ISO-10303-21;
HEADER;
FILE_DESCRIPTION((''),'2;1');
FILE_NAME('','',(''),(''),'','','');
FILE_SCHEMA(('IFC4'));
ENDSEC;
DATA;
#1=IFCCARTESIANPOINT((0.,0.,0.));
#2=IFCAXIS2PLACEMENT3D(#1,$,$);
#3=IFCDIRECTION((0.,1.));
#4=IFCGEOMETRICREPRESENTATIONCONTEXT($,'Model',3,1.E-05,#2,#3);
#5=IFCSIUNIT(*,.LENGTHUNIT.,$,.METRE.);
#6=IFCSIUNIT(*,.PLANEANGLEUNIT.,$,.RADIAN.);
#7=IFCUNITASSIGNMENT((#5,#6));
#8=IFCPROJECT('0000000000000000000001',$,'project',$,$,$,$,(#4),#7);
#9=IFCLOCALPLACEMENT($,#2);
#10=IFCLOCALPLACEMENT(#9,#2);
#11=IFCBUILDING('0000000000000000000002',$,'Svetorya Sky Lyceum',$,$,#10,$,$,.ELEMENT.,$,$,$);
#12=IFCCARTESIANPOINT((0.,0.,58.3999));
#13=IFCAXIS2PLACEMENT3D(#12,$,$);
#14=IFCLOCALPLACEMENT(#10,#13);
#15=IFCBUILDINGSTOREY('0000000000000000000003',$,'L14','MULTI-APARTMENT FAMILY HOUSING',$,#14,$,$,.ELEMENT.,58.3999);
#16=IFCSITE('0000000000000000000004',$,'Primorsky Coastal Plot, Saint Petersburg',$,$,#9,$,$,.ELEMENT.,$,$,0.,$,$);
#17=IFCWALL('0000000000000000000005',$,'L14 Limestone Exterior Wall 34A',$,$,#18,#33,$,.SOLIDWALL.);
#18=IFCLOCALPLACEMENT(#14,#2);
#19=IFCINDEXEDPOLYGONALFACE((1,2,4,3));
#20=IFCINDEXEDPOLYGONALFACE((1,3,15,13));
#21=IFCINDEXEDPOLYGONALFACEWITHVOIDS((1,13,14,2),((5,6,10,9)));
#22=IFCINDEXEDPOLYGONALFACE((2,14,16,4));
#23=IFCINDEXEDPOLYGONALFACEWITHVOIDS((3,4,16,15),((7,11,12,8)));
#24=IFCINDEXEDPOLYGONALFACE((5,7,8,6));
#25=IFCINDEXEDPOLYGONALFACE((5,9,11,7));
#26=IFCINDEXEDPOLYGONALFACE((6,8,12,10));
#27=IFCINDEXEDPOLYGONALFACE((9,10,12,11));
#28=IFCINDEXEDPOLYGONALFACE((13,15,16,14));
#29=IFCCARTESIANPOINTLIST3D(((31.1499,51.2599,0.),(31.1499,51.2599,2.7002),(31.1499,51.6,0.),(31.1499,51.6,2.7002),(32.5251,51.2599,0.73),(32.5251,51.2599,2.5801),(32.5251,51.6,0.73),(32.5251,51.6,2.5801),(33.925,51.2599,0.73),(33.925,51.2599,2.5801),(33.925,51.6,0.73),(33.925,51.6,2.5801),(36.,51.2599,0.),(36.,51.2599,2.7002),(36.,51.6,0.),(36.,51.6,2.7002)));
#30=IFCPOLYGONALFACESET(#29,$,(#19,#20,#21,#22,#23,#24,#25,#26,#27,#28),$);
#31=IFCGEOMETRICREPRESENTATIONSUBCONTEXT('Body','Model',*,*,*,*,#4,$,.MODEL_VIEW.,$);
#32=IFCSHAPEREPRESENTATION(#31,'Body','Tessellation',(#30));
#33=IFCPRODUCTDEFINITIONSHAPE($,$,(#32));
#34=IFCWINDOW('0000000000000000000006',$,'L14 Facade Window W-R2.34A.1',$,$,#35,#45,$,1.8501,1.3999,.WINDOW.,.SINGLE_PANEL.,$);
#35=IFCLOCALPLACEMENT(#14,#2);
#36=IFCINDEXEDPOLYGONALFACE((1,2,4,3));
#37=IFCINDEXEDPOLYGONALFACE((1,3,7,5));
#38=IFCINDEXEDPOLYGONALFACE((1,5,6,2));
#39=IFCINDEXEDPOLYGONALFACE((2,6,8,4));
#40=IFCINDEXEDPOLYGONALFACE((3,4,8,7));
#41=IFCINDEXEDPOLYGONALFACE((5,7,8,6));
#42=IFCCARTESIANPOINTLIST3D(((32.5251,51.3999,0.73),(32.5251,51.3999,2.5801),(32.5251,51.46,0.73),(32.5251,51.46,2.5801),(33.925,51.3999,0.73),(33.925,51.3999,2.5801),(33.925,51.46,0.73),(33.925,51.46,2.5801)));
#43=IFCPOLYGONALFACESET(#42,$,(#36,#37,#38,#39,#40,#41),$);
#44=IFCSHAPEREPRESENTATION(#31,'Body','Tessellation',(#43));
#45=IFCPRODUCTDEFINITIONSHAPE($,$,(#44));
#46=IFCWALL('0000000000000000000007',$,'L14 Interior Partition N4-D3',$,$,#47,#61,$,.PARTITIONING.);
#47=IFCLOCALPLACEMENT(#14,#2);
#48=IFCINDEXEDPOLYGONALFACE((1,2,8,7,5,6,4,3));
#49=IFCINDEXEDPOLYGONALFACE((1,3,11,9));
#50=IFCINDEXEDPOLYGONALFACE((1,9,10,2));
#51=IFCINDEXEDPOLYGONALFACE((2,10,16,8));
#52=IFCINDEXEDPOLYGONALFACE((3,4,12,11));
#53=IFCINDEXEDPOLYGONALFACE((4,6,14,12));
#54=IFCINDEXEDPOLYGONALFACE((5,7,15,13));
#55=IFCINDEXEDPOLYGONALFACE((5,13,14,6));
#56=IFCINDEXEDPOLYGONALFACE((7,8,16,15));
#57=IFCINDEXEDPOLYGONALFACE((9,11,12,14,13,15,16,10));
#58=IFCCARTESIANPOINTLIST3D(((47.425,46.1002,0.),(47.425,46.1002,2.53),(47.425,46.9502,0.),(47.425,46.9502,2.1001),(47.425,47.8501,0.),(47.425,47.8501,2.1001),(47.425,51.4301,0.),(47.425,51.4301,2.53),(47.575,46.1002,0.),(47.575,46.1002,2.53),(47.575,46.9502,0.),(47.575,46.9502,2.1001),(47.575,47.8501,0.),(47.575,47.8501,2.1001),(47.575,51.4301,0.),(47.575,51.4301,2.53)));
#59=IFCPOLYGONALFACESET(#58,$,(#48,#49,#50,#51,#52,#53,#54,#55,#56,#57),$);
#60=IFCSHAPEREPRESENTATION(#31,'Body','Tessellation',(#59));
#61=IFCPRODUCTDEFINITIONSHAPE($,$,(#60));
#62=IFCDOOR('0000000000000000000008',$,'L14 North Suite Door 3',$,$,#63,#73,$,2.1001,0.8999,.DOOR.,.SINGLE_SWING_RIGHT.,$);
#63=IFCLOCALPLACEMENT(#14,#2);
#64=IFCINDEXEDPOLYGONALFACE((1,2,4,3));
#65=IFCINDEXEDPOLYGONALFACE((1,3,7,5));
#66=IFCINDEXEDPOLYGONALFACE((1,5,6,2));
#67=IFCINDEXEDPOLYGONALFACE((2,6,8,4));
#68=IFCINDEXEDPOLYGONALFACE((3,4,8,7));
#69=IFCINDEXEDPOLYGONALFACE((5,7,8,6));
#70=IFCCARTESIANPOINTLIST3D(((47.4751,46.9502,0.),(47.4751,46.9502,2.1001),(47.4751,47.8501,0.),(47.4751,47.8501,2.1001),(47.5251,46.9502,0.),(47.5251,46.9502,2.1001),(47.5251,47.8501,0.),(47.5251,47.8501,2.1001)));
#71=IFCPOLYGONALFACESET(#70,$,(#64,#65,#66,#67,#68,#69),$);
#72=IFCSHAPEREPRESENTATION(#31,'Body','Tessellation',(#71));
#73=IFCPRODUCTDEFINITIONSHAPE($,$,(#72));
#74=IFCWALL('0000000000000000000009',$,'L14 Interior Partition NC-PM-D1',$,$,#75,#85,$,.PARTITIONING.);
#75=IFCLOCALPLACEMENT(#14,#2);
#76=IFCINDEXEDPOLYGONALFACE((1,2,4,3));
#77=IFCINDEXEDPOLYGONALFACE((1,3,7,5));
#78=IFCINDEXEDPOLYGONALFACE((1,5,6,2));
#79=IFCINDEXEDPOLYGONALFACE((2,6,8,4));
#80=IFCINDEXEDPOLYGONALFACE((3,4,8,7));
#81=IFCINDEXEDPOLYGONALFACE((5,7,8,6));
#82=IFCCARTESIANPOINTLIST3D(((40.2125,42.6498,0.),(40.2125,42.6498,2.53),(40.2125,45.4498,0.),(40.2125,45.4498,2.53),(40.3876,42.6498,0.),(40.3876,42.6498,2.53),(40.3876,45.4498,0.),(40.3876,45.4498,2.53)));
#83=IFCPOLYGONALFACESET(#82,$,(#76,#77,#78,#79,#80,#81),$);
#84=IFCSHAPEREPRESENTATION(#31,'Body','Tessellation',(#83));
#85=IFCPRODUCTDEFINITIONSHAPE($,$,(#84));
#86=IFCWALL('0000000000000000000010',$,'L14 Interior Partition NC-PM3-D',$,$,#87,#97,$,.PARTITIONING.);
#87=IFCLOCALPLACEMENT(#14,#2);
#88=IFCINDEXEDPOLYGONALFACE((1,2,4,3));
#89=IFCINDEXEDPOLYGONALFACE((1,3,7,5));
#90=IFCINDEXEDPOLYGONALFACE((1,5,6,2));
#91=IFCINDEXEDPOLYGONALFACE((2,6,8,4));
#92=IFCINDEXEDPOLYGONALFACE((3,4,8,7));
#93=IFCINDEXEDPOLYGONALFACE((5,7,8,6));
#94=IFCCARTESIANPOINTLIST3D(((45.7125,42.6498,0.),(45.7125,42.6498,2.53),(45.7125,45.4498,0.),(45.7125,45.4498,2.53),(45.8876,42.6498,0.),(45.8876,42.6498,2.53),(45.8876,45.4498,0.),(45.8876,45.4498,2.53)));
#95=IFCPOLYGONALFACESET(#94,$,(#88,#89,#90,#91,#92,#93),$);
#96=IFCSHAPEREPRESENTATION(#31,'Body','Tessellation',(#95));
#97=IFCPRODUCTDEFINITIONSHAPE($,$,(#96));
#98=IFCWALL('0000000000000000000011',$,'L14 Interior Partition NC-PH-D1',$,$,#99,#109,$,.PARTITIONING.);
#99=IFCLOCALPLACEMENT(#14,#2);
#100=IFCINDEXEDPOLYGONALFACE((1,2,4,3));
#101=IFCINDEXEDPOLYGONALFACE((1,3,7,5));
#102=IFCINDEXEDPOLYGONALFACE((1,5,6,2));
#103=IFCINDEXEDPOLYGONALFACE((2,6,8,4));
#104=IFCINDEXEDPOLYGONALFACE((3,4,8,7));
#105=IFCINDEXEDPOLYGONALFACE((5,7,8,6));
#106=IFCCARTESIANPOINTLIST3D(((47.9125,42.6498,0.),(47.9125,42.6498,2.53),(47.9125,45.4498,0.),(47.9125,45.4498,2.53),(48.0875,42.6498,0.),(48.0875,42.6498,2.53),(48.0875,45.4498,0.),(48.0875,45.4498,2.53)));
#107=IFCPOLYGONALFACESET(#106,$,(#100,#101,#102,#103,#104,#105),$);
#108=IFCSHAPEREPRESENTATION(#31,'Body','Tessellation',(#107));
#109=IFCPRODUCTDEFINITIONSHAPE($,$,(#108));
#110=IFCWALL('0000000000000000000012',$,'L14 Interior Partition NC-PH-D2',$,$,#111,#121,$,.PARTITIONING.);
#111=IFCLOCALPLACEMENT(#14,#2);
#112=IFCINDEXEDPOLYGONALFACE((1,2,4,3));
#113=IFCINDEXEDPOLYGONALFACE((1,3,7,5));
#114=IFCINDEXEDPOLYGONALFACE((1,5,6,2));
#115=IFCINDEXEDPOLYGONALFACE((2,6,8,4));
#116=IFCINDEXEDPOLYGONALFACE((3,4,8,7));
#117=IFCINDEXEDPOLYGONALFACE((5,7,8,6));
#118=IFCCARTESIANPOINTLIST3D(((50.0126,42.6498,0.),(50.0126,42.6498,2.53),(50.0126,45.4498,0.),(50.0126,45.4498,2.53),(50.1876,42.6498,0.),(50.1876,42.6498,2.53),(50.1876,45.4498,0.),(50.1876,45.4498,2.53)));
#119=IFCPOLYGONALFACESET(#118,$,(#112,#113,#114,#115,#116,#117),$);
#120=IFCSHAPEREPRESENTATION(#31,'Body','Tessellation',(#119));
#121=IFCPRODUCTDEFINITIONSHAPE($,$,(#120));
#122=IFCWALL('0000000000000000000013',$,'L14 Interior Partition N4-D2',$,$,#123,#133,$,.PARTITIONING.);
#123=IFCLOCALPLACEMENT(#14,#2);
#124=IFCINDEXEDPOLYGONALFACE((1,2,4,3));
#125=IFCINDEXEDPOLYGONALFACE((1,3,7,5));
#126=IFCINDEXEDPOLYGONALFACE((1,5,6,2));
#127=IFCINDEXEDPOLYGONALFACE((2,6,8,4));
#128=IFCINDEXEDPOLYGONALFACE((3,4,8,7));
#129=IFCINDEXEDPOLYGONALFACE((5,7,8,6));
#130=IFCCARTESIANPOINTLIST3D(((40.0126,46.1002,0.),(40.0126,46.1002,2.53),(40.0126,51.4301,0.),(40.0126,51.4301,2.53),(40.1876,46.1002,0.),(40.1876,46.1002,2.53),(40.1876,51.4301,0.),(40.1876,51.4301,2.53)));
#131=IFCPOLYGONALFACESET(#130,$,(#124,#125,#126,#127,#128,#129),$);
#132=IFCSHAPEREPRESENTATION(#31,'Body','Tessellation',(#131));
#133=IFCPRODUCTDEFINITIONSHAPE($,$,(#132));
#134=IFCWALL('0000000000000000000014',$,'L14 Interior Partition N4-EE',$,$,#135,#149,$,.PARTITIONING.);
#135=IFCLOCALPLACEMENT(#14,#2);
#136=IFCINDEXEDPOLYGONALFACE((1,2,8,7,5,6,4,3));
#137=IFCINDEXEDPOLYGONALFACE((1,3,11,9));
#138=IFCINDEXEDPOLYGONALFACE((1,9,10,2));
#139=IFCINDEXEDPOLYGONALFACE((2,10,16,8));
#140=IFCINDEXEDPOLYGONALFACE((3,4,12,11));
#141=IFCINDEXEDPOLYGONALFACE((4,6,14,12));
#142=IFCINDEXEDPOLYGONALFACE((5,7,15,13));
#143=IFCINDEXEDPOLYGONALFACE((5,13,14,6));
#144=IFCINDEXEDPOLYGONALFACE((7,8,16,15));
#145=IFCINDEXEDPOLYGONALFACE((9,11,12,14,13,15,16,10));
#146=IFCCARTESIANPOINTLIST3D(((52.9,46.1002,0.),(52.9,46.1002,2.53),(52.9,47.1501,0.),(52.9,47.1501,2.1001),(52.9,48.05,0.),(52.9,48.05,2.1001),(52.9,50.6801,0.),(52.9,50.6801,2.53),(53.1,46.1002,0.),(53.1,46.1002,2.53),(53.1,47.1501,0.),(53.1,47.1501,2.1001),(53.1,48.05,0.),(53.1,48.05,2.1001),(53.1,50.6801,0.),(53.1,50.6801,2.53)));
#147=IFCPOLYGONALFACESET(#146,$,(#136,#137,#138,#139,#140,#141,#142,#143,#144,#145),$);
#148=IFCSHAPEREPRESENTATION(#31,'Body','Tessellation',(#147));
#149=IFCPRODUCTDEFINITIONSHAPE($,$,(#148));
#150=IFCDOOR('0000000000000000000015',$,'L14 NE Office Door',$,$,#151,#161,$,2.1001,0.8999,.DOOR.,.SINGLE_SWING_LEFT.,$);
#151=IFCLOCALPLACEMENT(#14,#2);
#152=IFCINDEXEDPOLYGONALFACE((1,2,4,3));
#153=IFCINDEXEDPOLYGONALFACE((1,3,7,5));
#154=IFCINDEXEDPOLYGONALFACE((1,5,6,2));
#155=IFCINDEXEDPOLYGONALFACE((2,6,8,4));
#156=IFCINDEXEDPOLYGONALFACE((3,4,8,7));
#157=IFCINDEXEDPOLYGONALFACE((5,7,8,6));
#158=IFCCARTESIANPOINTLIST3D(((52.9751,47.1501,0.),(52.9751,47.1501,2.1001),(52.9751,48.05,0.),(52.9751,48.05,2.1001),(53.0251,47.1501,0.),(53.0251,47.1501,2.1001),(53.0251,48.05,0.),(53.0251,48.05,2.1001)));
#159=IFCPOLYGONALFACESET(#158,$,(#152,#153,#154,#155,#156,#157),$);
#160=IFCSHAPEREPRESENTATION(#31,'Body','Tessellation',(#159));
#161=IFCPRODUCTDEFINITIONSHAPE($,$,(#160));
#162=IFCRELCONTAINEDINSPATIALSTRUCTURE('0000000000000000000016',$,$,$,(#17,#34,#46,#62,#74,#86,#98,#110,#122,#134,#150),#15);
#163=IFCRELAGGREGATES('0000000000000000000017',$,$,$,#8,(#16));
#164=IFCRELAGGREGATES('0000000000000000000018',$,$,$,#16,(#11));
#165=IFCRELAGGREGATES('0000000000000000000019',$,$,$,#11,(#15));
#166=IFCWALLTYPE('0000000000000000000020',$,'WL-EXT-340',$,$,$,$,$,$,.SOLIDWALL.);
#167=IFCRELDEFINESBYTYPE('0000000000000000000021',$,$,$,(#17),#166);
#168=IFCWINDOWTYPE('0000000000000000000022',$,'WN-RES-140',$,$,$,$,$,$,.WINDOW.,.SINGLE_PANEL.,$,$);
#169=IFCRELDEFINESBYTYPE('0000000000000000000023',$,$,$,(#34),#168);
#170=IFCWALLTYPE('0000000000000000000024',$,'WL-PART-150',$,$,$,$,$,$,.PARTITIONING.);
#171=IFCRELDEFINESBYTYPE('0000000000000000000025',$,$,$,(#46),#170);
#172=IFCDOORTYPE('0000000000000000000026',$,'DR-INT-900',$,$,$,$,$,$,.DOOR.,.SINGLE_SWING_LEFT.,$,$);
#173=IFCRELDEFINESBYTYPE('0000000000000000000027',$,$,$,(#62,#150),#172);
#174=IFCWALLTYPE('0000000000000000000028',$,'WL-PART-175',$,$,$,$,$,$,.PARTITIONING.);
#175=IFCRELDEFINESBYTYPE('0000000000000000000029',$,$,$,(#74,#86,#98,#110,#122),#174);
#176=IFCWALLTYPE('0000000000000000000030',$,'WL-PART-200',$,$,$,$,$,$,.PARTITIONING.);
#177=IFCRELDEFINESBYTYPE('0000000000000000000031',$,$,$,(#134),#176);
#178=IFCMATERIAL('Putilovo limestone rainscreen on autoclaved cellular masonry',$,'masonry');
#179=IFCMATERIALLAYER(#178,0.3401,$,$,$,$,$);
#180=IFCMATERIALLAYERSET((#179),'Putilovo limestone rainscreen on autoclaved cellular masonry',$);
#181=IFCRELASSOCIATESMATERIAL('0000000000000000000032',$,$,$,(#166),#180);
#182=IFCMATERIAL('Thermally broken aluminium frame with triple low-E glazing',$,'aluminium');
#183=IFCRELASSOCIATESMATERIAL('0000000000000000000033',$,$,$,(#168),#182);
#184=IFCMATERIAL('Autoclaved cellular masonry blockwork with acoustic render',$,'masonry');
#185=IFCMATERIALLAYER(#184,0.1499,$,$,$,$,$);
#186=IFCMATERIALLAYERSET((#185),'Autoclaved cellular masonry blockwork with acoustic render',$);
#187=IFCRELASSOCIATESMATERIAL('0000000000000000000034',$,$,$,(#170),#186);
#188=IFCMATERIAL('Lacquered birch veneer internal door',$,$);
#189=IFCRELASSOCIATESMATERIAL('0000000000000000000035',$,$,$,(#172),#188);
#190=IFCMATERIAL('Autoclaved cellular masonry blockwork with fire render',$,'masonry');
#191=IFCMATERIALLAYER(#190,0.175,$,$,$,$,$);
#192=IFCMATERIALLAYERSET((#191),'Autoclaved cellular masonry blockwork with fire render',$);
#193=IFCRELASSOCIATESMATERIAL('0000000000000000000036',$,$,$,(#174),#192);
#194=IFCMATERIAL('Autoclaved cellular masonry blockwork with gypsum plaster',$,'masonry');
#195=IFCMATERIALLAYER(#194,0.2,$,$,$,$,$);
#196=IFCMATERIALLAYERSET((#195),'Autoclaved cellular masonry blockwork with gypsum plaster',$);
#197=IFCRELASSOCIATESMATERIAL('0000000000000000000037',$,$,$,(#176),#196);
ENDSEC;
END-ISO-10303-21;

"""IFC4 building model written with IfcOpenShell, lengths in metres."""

from ifc_helpers import new_model, si_unit, direction, frame, frame_2d, origin, place, context, subcontext, project, spatial, rectangle, extrude, material, layer, layer_set, type_object, element, fill, save


model = new_model("IFC4")

# Units and contexts
model_context = context("Model", 3, precision=1e-05, world=origin(), true_north=direction((0.0, 1.0)))
body_context = subcontext(model_context, "Body", "Model", "MODEL_VIEW")
ifc_project = project(units=[si_unit("LENGTHUNIT", "METRE"), si_unit("PLANEANGLEUNIT", "RADIAN")], contexts=[model_context])

# Site, building, storey
site_placement = place(None, origin())
site = spatial("IfcSite", under=ifc_project, at=site_placement, Name="Primorsky Coastal Plot, Saint Petersburg", CompositionType="ELEMENT", RefElevation=0.0)
building_placement = place(site_placement, origin())
building = spatial("IfcBuilding", under=site, at=building_placement, Name="Svetorya Sky Lyceum", CompositionType="ELEMENT")
storey_placement = place(building_placement, frame((0.0, 0.0, 58.3999)))
storey = spatial("IfcBuildingStorey", under=building, at=storey_placement, Name="L14", Description="MULTI-APARTMENT FAMILY HOUSING", CompositionType="ELEMENT", Elevation=58.3999)

# Shared definitions
ifc_material_1 = material(Name="Putilovo limestone rainscreen on autoclaved cellular masonry", Category="masonry")
ifc_layer_1 = layer(ifc_material_1, 0.3401)
ifc_layer_set_1 = layer_set([ifc_layer_1], Name="Putilovo limestone rainscreen on autoclaved cellular masonry")
wall_type_1 = type_object("IfcWallType", Name="WL-EXT-340", PredefinedType="SOLIDWALL", material=ifc_layer_set_1)

# Wall, opening, window
wall_1_placement = place(storey_placement, frame((36.0, 51.4299, 0.0), z_axis=(0.0, 0.0, 1.0), x_axis=(-1.0, 0.0, 0.0)))
wall_1 = element("IfcWall", 1, at=wall_1_placement, inside=storey, type_object=wall_type_1, Name="L14 Limestone Exterior Wall 34A", PredefinedType="SOLIDWALL", context=body_context, shape_type="SweptSolid", body=[
    extrude(rectangle(XDim=4.8501, YDim=0.3401, at=frame_2d((2.425, 0.0))), origin(), (0.0, 0.0, 1.0), 2.7002),
])
opening_1_placement = place(wall_1_placement, frame((2.075, 0.0, 0.73)))
opening_1 = element("IfcOpeningElement", 2, at=opening_1_placement, cuts=wall_1, PredefinedType="OPENING", context=body_context, shape_type="SweptSolid", body=[
    extrude(rectangle(XDim=1.3999, YDim=1.8501, at=frame_2d((0.7, 0.925))), frame((0.0, 0.1799, 0.0), z_axis=(0.0, -1.0, 0.0), x_axis=(1.0, 0.0, 0.0)), (0.0, 0.0, 1.0), 0.3601),
])
ifc_material_2 = material(Name="Thermally broken aluminium frame with triple low-E glazing", Category="aluminium")
window_type = type_object("IfcWindowType", Name="WN-RES-140", PartitioningType="SINGLE_PANEL", PredefinedType="WINDOW", material=ifc_material_2)
window_placement = place(opening_1_placement, origin())
window = element("IfcWindow", 3, at=window_placement, inside=storey, type_object=window_type, Name="L14 Facade Window W-R2.34A.1", OverallHeight=1.8501, OverallWidth=1.3999, PartitioningType="SINGLE_PANEL", PredefinedType="WINDOW", context=body_context, shape_type="SweptSolid", body=[
    extrude(rectangle(XDim=1.3999, YDim=1.8501, at=frame_2d((0.7, 0.925))), frame((0.0, 0.03, 0.0), z_axis=(0.0, -1.0, 0.0), x_axis=(1.0, 0.0, 0.0)), (0.0, 0.0, 1.0), 0.0601),
])
fill(opening_1, window)

# Wall, opening, door
ifc_material_3 = material(Name="Autoclaved cellular masonry blockwork with acoustic render", Category="masonry")
ifc_layer_2 = layer(ifc_material_3, 0.1499)
ifc_layer_set_2 = layer_set([ifc_layer_2], Name="Autoclaved cellular masonry blockwork with acoustic render")
wall_type_2 = type_object("IfcWallType", Name="WL-PART-150", PredefinedType="PARTITIONING", material=ifc_layer_set_2)
wall_2_placement = place(storey_placement, frame((47.5, 46.1001, 0.0), z_axis=(0.0, 0.0, 1.0), x_axis=(0.0, 1.0, 0.0)))
wall_2 = element("IfcWall", 4, at=wall_2_placement, inside=storey, type_object=wall_type_2, Name="L14 Interior Partition N4-D3", PredefinedType="PARTITIONING", context=body_context, shape_type="SweptSolid", body=[
    extrude(rectangle(XDim=5.3298, YDim=0.1499, at=frame_2d((2.665, 0.0))), origin(), (0.0, 0.0, 1.0), 2.53),
])
opening_2_placement = place(wall_2_placement, frame((0.8501, 0.0, 0.0)))
opening_2 = element("IfcOpeningElement", 5, at=opening_2_placement, cuts=wall_2, PredefinedType="OPENING", context=body_context, shape_type="SweptSolid", body=[
    extrude(rectangle(XDim=0.8999, YDim=2.1001, at=frame_2d((0.45, 1.05))), frame((0.0, 0.085, 0.0), z_axis=(0.0, -1.0, 0.0), x_axis=(1.0, 0.0, 0.0)), (0.0, 0.0, 1.0), 0.1699),
])
ifc_material_4 = material(Name="Lacquered birch veneer internal door")
door_type = type_object("IfcDoorType", Name="DR-INT-900", OperationType="SINGLE_SWING_LEFT", PredefinedType="DOOR", material=ifc_material_4)
door_1_placement = place(opening_2_placement, origin())
door_1 = element("IfcDoor", 6, at=door_1_placement, inside=storey, type_object=door_type, Name="L14 North Suite Door 3", OperationType="SINGLE_SWING_RIGHT", OverallHeight=2.1001, OverallWidth=0.8999, PredefinedType="DOOR", context=body_context, shape_type="SweptSolid", body=[
    extrude(rectangle(XDim=0.8999, YDim=2.1001, at=frame_2d((0.45, 1.05))), frame((0.0, 0.0249, 0.0), z_axis=(0.0, -1.0, 0.0), x_axis=(1.0, 0.0, 0.0)), (0.0, 0.0, 1.0), 0.05),
])
fill(opening_2, door_1)

# Walls
ifc_material_5 = material(Name="Autoclaved cellular masonry blockwork with fire render", Category="masonry")
ifc_layer_3 = layer(ifc_material_5, 0.175)
ifc_layer_set_3 = layer_set([ifc_layer_3], Name="Autoclaved cellular masonry blockwork with fire render")
wall_type_3 = type_object("IfcWallType", Name="WL-PART-175", PredefinedType="PARTITIONING", material=ifc_layer_set_3)
for number, where, z_axis, x_axis, name in (
    (7, (40.3, 42.6499, 0.0), (0.0, 0.0, 1.0), (0.0, 1.0, 0.0), "L14 Interior Partition NC-PM-D1"),
    (8, (45.8, 42.6499, 0.0), (0.0, 0.0, 1.0), (0.0, 1.0, 0.0), "L14 Interior Partition NC-PM3-D"),
    (9, (48.0, 42.6499, 0.0), (0.0, 0.0, 1.0), (0.0, 1.0, 0.0), "L14 Interior Partition NC-PH-D1"),
    (10, (50.1001, 42.6499, 0.0), (0.0, 0.0, 1.0), (0.0, 1.0, 0.0), "L14 Interior Partition NC-PH-D2"),
):
    element("IfcWall", number, at=place(storey_placement, frame(where, z_axis=z_axis, x_axis=x_axis)), inside=storey, type_object=wall_type_3, Name=name, PredefinedType="PARTITIONING", context=body_context, shape_type="SweptSolid", body=[
        extrude(rectangle(XDim=2.8, YDim=0.175, at=frame_2d((1.3999, 0.0))), origin(), (0.0, 0.0, 1.0), 2.53),
    ])
wall_3_placement = place(storey_placement, frame((40.1001, 46.1001, 0.0), z_axis=(0.0, 0.0, 1.0), x_axis=(0.0, 1.0, 0.0)))
element("IfcWall", 11, at=wall_3_placement, inside=storey, type_object=wall_type_3, Name="L14 Interior Partition N4-D2", PredefinedType="PARTITIONING", context=body_context, shape_type="SweptSolid", body=[
    extrude(rectangle(XDim=5.3298, YDim=0.175, at=frame_2d((2.665, 0.0))), origin(), (0.0, 0.0, 1.0), 2.53),
])

# Wall, opening, door
ifc_material_6 = material(Name="Autoclaved cellular masonry blockwork with gypsum plaster", Category="masonry")
ifc_layer_4 = layer(ifc_material_6, 0.2)
ifc_layer_set_4 = layer_set([ifc_layer_4], Name="Autoclaved cellular masonry blockwork with gypsum plaster")
wall_type_4 = type_object("IfcWallType", Name="WL-PART-200", PredefinedType="PARTITIONING", material=ifc_layer_set_4)
wall_4_placement = place(storey_placement, frame((53.0, 46.1001, 0.0), z_axis=(0.0, 0.0, 1.0), x_axis=(0.0, 1.0, 0.0)))
wall_4 = element("IfcWall", 12, at=wall_4_placement, inside=storey, type_object=wall_type_4, Name="L14 Interior Partition N4-EE", PredefinedType="PARTITIONING", context=body_context, shape_type="SweptSolid", body=[
    extrude(rectangle(XDim=4.5798, YDim=0.2, at=frame_2d((2.29, 0.0))), origin(), (0.0, 0.0, 1.0), 2.53),
])
opening_3_placement = place(wall_4_placement, frame((1.05, 0.0, 0.0)))
opening_3 = element("IfcOpeningElement", 13, at=opening_3_placement, cuts=wall_4, PredefinedType="OPENING", context=body_context, shape_type="SweptSolid", body=[
    extrude(rectangle(XDim=0.8999, YDim=2.1001, at=frame_2d((0.45, 1.05))), frame((0.0, 0.1099, 0.0), z_axis=(0.0, -1.0, 0.0), x_axis=(1.0, 0.0, 0.0)), (0.0, 0.0, 1.0), 0.22),
])
door_2_placement = place(opening_3_placement, origin())
door_2 = element("IfcDoor", 14, at=door_2_placement, inside=storey, type_object=door_type, Name="L14 NE Office Door", OperationType="SINGLE_SWING_LEFT", OverallHeight=2.1001, OverallWidth=0.8999, PredefinedType="DOOR", context=body_context, shape_type="SweptSolid", body=[
    extrude(rectangle(XDim=0.8999, YDim=2.1001, at=frame_2d((0.45, 1.05))), frame((0.0, 0.0249, 0.0), z_axis=(0.0, -1.0, 0.0), x_axis=(1.0, 0.0, 0.0)), (0.0, 0.0, 1.0), 0.05),
])
fill(opening_3, door_2)

save(model, "model.ifc")
